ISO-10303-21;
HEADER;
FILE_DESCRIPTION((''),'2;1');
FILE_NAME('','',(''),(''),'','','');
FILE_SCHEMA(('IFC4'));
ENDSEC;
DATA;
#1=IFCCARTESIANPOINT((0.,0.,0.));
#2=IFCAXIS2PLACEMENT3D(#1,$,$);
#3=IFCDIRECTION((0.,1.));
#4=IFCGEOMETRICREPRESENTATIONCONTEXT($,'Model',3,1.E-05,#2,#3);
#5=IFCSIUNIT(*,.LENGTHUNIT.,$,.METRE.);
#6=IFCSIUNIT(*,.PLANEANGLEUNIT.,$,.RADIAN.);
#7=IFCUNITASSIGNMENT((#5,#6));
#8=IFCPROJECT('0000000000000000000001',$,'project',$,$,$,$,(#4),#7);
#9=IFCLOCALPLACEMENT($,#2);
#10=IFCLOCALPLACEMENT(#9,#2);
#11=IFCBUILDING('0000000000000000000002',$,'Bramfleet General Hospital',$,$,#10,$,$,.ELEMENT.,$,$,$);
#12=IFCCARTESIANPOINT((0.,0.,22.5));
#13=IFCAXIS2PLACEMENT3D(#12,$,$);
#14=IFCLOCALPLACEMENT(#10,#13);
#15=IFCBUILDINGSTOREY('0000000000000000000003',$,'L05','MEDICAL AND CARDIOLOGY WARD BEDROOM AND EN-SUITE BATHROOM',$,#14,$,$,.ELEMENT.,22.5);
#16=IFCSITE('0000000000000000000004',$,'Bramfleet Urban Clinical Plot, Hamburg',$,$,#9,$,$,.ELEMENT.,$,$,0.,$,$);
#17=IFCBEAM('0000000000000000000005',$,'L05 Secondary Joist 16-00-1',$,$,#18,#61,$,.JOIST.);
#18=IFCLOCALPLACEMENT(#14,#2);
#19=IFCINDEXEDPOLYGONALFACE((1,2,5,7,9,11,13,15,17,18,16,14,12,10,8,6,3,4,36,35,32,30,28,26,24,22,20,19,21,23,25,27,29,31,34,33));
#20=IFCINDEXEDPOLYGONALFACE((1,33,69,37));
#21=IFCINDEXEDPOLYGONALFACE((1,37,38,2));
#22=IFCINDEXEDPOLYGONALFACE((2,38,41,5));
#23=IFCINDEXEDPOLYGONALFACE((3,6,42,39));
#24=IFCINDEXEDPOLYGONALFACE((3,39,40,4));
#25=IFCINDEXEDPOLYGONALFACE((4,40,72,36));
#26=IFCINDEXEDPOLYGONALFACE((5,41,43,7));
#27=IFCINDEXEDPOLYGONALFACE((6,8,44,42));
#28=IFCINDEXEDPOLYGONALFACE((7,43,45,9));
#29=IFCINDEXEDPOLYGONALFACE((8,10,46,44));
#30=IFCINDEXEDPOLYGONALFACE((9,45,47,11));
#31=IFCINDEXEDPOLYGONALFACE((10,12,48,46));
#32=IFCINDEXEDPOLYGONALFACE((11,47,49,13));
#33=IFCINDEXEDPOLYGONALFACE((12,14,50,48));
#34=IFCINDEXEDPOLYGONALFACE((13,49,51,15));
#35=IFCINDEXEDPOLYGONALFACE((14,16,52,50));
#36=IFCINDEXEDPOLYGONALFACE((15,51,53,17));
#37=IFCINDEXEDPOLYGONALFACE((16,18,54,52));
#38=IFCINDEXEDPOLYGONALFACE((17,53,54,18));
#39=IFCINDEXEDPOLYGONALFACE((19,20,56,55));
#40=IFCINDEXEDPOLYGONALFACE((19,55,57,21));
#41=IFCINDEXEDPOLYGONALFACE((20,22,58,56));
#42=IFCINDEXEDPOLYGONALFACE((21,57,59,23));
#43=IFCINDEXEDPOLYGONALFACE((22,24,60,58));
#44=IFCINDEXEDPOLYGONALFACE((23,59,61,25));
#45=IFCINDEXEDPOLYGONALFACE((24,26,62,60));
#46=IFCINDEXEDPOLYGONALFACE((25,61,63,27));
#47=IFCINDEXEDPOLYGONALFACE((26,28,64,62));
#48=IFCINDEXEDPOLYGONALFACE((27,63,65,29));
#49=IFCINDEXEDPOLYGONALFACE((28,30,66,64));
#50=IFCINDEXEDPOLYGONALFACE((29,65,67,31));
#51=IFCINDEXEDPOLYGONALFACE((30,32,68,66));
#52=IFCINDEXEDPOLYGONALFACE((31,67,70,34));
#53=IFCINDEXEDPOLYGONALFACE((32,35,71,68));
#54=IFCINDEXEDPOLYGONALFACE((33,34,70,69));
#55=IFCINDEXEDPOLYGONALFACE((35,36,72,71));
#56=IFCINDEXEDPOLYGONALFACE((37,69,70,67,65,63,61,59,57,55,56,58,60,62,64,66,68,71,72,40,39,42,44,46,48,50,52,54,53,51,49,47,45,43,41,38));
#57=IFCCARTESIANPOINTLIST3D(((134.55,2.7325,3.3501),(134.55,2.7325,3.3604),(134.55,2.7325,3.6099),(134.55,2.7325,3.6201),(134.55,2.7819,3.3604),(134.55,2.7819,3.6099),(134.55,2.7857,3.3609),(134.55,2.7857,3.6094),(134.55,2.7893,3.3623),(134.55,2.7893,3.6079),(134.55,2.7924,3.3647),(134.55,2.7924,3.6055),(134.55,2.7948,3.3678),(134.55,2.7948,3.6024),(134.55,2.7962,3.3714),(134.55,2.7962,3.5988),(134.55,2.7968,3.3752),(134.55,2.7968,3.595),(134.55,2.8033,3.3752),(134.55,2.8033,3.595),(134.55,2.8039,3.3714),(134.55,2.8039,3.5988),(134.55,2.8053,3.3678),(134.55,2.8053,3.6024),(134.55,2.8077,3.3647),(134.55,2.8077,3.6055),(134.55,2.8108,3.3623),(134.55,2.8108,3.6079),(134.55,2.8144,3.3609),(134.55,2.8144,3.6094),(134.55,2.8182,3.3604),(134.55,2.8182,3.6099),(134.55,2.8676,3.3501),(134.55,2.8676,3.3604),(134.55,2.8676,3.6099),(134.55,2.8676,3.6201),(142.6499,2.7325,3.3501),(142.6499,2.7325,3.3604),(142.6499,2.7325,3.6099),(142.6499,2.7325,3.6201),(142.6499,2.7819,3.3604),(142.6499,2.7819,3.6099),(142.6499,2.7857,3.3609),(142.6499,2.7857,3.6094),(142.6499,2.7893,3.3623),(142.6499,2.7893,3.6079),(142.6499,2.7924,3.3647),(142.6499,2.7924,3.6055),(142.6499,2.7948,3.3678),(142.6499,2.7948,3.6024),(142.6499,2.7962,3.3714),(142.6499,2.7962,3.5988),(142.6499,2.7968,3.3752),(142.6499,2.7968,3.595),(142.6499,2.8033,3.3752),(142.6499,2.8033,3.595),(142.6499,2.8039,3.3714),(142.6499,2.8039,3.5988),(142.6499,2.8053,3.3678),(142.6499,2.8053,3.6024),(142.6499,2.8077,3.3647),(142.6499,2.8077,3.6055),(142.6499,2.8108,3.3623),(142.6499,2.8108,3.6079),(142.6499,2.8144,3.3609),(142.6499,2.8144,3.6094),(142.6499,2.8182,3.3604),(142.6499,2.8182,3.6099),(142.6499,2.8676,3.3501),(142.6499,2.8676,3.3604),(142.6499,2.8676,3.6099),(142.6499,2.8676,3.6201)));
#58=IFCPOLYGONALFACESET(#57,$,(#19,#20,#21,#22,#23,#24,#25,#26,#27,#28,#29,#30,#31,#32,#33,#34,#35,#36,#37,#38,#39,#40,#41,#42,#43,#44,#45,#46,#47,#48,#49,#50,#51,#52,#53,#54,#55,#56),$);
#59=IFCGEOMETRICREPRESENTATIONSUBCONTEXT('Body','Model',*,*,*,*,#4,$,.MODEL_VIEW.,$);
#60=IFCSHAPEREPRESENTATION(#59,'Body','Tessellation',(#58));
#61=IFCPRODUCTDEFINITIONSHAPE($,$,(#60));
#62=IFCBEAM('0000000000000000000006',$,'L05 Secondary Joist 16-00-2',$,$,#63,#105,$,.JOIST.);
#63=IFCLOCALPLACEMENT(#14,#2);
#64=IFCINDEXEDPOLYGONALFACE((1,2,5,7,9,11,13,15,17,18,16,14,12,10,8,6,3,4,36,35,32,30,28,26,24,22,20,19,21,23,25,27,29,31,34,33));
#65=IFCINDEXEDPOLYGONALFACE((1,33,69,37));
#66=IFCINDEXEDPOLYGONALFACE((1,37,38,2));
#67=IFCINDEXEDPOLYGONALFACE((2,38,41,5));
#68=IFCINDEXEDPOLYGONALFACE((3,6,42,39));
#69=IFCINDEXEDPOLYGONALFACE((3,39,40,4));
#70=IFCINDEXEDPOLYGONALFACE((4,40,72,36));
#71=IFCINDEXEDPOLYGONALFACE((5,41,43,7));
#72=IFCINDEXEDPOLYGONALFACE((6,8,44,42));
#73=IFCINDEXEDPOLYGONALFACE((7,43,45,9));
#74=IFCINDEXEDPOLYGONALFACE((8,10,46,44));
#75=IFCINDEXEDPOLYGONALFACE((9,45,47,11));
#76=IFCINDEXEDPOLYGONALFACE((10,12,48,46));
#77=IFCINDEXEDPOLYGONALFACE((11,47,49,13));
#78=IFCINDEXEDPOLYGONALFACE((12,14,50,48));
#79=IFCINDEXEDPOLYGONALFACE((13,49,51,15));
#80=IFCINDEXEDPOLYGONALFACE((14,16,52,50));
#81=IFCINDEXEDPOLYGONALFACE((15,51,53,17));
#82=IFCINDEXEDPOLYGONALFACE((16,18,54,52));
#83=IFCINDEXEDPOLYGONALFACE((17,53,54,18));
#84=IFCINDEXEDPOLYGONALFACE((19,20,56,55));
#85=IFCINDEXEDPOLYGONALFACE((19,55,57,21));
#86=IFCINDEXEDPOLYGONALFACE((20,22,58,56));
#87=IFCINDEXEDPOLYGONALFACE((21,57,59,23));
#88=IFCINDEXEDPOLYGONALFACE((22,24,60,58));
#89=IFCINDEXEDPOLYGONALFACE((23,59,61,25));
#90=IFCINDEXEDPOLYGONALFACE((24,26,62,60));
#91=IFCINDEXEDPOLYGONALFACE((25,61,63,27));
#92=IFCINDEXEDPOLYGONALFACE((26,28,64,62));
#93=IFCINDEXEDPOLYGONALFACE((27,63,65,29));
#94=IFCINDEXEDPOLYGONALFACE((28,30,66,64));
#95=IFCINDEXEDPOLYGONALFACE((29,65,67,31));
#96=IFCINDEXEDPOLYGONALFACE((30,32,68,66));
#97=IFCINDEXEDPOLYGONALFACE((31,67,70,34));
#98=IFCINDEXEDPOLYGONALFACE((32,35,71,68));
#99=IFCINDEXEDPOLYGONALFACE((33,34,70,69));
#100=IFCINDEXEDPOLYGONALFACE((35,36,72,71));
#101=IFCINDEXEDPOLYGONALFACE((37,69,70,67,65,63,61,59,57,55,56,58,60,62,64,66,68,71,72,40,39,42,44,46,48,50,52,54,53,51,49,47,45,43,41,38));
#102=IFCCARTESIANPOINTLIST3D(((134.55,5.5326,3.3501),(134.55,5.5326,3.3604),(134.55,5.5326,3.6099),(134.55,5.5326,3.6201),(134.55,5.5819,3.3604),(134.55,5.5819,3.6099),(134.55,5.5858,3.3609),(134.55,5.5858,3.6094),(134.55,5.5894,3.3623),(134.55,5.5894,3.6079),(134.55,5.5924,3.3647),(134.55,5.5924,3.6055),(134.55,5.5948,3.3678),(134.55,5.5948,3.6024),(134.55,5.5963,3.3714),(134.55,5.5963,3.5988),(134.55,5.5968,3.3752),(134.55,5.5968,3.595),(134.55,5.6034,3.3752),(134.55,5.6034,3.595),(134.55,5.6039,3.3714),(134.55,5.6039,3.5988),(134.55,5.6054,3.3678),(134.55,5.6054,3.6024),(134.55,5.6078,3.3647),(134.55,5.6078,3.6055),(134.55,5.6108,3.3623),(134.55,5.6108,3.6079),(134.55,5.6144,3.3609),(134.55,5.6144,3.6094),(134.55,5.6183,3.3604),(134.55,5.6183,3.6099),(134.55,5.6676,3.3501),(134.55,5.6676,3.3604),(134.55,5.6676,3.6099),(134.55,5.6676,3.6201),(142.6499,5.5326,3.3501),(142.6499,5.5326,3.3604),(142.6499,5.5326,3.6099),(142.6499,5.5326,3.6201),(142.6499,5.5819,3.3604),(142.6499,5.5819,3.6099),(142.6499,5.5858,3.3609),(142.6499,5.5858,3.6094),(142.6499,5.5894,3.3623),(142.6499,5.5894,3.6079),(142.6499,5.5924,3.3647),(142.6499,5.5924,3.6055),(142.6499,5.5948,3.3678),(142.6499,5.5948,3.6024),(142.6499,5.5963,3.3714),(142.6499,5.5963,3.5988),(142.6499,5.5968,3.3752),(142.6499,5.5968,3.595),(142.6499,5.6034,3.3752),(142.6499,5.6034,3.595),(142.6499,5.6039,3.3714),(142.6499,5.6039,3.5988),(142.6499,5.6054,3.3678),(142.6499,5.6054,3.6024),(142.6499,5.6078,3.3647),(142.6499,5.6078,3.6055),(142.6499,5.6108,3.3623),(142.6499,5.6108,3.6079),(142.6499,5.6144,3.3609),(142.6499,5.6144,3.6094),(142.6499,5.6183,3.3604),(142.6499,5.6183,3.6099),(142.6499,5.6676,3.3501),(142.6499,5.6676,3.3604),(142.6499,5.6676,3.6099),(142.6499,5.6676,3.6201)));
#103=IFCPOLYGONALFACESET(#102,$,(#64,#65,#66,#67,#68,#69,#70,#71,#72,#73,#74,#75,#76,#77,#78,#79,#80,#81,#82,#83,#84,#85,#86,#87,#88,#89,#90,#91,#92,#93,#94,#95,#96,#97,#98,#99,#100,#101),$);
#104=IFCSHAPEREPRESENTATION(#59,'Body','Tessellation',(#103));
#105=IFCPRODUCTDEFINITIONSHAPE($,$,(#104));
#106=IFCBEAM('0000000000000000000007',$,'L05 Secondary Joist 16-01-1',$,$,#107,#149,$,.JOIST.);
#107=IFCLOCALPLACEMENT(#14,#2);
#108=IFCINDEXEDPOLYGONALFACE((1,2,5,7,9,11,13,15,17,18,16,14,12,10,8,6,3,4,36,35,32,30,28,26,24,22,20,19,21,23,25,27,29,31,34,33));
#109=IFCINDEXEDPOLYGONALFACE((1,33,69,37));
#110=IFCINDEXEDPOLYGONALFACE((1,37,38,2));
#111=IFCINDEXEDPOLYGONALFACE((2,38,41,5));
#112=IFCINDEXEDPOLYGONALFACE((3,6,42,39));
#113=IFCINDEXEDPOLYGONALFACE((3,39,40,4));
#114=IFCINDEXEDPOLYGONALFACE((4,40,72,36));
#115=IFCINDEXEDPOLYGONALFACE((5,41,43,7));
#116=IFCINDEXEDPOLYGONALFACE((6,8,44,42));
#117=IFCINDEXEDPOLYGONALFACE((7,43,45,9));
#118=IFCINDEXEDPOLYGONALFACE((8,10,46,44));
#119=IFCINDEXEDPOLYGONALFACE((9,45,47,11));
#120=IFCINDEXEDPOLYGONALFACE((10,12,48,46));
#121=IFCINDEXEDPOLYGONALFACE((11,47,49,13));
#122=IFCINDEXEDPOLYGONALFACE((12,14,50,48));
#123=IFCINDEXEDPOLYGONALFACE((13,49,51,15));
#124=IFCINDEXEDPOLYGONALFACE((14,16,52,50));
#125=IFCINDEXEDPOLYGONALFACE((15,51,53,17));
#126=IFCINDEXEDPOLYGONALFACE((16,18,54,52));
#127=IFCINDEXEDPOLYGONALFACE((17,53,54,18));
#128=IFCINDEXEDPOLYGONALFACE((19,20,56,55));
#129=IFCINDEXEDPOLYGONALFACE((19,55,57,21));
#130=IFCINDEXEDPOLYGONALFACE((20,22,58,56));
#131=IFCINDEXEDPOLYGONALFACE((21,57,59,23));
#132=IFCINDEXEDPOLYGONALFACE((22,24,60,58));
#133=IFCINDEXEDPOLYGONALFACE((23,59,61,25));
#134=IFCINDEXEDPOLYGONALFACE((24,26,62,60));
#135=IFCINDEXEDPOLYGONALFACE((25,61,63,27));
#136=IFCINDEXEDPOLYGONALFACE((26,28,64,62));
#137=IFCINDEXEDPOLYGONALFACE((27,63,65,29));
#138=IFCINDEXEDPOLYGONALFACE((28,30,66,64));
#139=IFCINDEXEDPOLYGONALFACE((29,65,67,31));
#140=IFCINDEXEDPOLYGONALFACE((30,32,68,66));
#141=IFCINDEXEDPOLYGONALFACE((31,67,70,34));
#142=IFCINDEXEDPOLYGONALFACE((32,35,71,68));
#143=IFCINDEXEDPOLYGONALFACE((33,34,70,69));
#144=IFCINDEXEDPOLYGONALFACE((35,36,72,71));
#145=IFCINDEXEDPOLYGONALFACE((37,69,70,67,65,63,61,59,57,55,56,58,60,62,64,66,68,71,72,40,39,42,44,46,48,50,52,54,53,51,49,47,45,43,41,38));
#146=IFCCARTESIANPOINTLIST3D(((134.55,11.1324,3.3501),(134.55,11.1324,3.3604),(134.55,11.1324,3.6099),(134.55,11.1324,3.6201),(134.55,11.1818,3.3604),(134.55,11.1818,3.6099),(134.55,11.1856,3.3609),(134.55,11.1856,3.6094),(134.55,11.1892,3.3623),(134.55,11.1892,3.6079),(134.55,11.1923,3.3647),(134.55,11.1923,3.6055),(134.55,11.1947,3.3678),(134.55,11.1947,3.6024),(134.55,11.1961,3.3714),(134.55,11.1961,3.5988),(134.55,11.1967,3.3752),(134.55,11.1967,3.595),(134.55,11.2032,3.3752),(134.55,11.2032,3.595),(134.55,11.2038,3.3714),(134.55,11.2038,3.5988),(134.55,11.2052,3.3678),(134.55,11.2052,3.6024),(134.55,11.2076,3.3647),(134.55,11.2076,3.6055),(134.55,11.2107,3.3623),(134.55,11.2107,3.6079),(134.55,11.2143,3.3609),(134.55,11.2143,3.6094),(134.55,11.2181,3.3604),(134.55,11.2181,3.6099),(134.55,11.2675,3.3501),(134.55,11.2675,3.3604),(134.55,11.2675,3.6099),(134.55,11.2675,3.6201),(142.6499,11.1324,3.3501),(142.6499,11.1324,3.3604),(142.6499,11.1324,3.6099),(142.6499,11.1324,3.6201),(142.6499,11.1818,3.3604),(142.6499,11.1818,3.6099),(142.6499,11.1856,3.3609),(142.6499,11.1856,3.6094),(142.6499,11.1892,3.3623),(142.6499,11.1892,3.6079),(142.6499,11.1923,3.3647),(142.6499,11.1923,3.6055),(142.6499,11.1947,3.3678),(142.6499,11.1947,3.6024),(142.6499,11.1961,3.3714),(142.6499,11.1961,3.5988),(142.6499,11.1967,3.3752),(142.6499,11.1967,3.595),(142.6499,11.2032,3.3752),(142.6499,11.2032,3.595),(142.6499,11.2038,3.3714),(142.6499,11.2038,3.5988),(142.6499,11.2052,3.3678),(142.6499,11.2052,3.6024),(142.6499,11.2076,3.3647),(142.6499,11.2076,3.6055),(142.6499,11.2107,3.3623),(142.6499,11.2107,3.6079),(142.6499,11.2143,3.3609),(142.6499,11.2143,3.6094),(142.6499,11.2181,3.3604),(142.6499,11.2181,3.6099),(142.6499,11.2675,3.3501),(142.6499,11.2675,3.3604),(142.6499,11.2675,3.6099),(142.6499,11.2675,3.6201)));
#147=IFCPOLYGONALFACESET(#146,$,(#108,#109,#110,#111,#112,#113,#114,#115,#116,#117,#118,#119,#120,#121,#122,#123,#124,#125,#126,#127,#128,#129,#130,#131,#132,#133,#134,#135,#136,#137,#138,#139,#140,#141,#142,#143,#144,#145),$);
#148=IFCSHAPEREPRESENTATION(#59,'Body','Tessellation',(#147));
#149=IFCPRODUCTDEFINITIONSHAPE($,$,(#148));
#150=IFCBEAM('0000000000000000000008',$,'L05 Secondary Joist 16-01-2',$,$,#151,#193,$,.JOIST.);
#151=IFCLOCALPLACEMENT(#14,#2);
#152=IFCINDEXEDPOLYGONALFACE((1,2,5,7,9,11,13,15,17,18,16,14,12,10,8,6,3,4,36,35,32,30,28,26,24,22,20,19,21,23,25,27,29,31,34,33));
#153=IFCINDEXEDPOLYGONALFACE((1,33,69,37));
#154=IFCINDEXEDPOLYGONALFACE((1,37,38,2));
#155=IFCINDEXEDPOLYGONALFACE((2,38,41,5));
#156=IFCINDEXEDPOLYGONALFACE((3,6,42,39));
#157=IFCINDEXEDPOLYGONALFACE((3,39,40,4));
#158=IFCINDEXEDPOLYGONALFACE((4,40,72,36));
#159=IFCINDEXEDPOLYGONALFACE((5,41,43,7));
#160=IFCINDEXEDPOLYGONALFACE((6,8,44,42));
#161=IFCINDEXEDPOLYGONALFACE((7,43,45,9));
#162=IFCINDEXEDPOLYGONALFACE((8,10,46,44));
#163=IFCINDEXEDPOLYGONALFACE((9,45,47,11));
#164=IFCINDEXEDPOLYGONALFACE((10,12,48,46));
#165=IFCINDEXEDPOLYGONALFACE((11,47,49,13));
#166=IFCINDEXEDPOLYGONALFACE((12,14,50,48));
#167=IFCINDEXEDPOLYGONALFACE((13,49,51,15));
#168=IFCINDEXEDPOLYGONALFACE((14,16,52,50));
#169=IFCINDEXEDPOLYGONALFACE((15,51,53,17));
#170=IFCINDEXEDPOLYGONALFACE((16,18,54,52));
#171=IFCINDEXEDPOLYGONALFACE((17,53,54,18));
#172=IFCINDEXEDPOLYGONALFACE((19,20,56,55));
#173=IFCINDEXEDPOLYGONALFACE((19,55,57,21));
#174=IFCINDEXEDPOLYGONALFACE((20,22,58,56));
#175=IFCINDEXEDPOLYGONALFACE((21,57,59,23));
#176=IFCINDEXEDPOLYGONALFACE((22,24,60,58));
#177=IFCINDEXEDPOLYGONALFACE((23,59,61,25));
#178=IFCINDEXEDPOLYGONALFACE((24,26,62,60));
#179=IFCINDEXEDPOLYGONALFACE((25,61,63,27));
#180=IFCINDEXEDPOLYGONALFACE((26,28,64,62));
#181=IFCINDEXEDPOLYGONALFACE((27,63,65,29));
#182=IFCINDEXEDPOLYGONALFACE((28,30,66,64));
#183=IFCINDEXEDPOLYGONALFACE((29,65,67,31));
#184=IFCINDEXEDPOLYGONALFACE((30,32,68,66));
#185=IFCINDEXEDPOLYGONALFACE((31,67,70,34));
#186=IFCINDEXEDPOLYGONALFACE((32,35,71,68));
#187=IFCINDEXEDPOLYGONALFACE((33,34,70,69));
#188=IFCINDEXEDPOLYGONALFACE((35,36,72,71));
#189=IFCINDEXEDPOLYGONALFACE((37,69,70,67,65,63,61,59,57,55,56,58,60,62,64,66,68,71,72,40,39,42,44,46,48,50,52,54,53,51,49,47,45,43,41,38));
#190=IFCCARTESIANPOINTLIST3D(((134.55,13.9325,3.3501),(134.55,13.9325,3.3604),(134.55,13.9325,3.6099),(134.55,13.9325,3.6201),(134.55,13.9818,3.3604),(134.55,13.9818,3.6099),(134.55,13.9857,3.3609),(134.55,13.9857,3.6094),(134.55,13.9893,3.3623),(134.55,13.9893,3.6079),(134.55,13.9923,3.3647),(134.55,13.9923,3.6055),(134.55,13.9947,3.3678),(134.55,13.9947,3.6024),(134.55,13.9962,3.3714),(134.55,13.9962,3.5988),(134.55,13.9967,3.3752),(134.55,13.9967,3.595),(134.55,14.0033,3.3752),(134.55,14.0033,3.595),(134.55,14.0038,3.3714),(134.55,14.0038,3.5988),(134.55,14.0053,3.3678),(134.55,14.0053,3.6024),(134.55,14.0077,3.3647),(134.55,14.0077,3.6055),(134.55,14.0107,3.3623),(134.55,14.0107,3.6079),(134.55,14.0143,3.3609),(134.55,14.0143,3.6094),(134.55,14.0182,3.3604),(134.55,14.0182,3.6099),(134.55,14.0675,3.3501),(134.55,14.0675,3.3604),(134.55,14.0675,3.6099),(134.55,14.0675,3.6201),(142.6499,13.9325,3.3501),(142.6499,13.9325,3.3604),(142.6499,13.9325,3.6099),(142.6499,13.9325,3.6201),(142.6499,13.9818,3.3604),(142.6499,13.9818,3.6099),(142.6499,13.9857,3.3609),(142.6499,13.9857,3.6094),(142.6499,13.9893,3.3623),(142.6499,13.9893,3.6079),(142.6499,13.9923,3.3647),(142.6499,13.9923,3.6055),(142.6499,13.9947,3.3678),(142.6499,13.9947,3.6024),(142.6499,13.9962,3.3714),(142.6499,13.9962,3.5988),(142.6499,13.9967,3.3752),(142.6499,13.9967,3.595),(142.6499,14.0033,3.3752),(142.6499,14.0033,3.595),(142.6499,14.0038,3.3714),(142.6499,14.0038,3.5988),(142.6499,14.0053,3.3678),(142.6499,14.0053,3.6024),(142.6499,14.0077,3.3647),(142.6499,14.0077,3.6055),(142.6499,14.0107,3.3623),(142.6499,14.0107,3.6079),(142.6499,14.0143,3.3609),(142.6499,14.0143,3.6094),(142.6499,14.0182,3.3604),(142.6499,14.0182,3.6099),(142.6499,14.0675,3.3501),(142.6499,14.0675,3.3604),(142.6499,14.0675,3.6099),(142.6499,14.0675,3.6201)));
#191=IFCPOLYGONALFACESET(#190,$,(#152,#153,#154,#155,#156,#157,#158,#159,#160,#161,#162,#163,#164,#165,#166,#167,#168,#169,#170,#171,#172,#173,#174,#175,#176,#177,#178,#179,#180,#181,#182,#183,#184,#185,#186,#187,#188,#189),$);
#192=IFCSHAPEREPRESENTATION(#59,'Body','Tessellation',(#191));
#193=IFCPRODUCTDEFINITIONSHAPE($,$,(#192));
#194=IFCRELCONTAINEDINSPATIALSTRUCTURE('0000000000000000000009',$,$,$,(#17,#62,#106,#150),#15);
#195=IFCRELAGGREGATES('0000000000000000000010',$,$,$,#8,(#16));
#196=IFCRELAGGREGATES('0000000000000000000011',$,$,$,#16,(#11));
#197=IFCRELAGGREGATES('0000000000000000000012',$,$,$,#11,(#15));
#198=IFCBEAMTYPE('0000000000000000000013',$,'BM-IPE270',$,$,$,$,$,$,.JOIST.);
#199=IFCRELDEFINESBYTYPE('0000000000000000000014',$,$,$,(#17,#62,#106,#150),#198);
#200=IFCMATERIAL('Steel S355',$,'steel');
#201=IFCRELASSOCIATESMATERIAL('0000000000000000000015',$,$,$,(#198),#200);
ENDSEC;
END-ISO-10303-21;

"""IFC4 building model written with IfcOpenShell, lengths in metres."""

from ifc_helpers import new_model, si_unit, direction, frame, origin, origin_2d, place, context, subcontext, project, spatial, i_section, extrude, material, material_profile, profile_set, type_object, element, save


model = new_model("IFC4")

# Units and contexts
model_context = context("Model", 3, precision=1e-05, world=origin(), true_north=direction((0.0, 1.0)))
body_context = subcontext(model_context, "Body", "Model", "MODEL_VIEW")
ifc_project = project(units=[si_unit("LENGTHUNIT", "METRE"), si_unit("PLANEANGLEUNIT", "RADIAN")], contexts=[model_context])

# Site, building, storey
site_placement = place(None, origin())
site = spatial("IfcSite", under=ifc_project, at=site_placement, Name="Bramfleet Urban Clinical Plot, Hamburg", CompositionType="ELEMENT", RefElevation=0.0)
building_placement = place(site_placement, origin())
building = spatial("IfcBuilding", under=site, at=building_placement, Name="Bramfleet General Hospital", CompositionType="ELEMENT")
storey_placement = place(building_placement, frame((0.0, 0.0, 22.5)))
storey = spatial("IfcBuildingStorey", under=building, at=storey_placement, Name="L05", Description="MEDICAL AND CARDIOLOGY WARD BEDROOM AND EN-SUITE BATHROOM", CompositionType="ELEMENT", Elevation=22.5)

# Beams
ifc_material_1 = material(Name="Steel S355", Category="steel")
ifc_material_profile_1 = material_profile(ifc_material_1, i_section(OverallWidth=0.135, OverallDepth=0.27, WebThickness=0.0066, FlangeThickness=0.0103, FilletRadius=0.0149, at=origin_2d()), Name="IPE 270")
ifc_profile_set_1 = profile_set([ifc_material_profile_1], Name="Steel S355")
beam_type_1 = type_object("IfcBeamType", Name="BM-IPE270", PredefinedType="JOIST", material=ifc_profile_set_1)
for number, where, z_axis, x_axis, name in (
    (1, (134.55, 2.8, 3.4851), (1.0, 0.0, 0.0), (0.0, 1.0, 0.0), "L05 Secondary Joist 16-00-1"),
    (2, (134.55, 5.6001, 3.4851), (1.0, 0.0, 0.0), (0.0, 1.0, 0.0), "L05 Secondary Joist 16-00-2"),
    (3, (134.55, 11.2, 3.4851), (1.0, 0.0, 0.0), (0.0, 1.0, 0.0), "L05 Secondary Joist 16-01-1"),
    (4, (134.55, 14.0, 3.4851), (1.0, 0.0, 0.0), (0.0, 1.0, 0.0), "L05 Secondary Joist 16-01-2"),
):
    element("IfcBeam", number, at=place(storey_placement, frame(where, z_axis=z_axis, x_axis=x_axis)), inside=storey, type_object=beam_type_1, Name=name, PredefinedType="JOIST", context=body_context, shape_type="SweptSolid", body=[
        extrude(i_section(OverallWidth=0.135, OverallDepth=0.27, WebThickness=0.0066, FlangeThickness=0.0103, FilletRadius=0.0149, at=origin_2d()), origin(), (0.0, 0.0, 1.0), 8.0999),
    ])

save(model, "model.ifc")
